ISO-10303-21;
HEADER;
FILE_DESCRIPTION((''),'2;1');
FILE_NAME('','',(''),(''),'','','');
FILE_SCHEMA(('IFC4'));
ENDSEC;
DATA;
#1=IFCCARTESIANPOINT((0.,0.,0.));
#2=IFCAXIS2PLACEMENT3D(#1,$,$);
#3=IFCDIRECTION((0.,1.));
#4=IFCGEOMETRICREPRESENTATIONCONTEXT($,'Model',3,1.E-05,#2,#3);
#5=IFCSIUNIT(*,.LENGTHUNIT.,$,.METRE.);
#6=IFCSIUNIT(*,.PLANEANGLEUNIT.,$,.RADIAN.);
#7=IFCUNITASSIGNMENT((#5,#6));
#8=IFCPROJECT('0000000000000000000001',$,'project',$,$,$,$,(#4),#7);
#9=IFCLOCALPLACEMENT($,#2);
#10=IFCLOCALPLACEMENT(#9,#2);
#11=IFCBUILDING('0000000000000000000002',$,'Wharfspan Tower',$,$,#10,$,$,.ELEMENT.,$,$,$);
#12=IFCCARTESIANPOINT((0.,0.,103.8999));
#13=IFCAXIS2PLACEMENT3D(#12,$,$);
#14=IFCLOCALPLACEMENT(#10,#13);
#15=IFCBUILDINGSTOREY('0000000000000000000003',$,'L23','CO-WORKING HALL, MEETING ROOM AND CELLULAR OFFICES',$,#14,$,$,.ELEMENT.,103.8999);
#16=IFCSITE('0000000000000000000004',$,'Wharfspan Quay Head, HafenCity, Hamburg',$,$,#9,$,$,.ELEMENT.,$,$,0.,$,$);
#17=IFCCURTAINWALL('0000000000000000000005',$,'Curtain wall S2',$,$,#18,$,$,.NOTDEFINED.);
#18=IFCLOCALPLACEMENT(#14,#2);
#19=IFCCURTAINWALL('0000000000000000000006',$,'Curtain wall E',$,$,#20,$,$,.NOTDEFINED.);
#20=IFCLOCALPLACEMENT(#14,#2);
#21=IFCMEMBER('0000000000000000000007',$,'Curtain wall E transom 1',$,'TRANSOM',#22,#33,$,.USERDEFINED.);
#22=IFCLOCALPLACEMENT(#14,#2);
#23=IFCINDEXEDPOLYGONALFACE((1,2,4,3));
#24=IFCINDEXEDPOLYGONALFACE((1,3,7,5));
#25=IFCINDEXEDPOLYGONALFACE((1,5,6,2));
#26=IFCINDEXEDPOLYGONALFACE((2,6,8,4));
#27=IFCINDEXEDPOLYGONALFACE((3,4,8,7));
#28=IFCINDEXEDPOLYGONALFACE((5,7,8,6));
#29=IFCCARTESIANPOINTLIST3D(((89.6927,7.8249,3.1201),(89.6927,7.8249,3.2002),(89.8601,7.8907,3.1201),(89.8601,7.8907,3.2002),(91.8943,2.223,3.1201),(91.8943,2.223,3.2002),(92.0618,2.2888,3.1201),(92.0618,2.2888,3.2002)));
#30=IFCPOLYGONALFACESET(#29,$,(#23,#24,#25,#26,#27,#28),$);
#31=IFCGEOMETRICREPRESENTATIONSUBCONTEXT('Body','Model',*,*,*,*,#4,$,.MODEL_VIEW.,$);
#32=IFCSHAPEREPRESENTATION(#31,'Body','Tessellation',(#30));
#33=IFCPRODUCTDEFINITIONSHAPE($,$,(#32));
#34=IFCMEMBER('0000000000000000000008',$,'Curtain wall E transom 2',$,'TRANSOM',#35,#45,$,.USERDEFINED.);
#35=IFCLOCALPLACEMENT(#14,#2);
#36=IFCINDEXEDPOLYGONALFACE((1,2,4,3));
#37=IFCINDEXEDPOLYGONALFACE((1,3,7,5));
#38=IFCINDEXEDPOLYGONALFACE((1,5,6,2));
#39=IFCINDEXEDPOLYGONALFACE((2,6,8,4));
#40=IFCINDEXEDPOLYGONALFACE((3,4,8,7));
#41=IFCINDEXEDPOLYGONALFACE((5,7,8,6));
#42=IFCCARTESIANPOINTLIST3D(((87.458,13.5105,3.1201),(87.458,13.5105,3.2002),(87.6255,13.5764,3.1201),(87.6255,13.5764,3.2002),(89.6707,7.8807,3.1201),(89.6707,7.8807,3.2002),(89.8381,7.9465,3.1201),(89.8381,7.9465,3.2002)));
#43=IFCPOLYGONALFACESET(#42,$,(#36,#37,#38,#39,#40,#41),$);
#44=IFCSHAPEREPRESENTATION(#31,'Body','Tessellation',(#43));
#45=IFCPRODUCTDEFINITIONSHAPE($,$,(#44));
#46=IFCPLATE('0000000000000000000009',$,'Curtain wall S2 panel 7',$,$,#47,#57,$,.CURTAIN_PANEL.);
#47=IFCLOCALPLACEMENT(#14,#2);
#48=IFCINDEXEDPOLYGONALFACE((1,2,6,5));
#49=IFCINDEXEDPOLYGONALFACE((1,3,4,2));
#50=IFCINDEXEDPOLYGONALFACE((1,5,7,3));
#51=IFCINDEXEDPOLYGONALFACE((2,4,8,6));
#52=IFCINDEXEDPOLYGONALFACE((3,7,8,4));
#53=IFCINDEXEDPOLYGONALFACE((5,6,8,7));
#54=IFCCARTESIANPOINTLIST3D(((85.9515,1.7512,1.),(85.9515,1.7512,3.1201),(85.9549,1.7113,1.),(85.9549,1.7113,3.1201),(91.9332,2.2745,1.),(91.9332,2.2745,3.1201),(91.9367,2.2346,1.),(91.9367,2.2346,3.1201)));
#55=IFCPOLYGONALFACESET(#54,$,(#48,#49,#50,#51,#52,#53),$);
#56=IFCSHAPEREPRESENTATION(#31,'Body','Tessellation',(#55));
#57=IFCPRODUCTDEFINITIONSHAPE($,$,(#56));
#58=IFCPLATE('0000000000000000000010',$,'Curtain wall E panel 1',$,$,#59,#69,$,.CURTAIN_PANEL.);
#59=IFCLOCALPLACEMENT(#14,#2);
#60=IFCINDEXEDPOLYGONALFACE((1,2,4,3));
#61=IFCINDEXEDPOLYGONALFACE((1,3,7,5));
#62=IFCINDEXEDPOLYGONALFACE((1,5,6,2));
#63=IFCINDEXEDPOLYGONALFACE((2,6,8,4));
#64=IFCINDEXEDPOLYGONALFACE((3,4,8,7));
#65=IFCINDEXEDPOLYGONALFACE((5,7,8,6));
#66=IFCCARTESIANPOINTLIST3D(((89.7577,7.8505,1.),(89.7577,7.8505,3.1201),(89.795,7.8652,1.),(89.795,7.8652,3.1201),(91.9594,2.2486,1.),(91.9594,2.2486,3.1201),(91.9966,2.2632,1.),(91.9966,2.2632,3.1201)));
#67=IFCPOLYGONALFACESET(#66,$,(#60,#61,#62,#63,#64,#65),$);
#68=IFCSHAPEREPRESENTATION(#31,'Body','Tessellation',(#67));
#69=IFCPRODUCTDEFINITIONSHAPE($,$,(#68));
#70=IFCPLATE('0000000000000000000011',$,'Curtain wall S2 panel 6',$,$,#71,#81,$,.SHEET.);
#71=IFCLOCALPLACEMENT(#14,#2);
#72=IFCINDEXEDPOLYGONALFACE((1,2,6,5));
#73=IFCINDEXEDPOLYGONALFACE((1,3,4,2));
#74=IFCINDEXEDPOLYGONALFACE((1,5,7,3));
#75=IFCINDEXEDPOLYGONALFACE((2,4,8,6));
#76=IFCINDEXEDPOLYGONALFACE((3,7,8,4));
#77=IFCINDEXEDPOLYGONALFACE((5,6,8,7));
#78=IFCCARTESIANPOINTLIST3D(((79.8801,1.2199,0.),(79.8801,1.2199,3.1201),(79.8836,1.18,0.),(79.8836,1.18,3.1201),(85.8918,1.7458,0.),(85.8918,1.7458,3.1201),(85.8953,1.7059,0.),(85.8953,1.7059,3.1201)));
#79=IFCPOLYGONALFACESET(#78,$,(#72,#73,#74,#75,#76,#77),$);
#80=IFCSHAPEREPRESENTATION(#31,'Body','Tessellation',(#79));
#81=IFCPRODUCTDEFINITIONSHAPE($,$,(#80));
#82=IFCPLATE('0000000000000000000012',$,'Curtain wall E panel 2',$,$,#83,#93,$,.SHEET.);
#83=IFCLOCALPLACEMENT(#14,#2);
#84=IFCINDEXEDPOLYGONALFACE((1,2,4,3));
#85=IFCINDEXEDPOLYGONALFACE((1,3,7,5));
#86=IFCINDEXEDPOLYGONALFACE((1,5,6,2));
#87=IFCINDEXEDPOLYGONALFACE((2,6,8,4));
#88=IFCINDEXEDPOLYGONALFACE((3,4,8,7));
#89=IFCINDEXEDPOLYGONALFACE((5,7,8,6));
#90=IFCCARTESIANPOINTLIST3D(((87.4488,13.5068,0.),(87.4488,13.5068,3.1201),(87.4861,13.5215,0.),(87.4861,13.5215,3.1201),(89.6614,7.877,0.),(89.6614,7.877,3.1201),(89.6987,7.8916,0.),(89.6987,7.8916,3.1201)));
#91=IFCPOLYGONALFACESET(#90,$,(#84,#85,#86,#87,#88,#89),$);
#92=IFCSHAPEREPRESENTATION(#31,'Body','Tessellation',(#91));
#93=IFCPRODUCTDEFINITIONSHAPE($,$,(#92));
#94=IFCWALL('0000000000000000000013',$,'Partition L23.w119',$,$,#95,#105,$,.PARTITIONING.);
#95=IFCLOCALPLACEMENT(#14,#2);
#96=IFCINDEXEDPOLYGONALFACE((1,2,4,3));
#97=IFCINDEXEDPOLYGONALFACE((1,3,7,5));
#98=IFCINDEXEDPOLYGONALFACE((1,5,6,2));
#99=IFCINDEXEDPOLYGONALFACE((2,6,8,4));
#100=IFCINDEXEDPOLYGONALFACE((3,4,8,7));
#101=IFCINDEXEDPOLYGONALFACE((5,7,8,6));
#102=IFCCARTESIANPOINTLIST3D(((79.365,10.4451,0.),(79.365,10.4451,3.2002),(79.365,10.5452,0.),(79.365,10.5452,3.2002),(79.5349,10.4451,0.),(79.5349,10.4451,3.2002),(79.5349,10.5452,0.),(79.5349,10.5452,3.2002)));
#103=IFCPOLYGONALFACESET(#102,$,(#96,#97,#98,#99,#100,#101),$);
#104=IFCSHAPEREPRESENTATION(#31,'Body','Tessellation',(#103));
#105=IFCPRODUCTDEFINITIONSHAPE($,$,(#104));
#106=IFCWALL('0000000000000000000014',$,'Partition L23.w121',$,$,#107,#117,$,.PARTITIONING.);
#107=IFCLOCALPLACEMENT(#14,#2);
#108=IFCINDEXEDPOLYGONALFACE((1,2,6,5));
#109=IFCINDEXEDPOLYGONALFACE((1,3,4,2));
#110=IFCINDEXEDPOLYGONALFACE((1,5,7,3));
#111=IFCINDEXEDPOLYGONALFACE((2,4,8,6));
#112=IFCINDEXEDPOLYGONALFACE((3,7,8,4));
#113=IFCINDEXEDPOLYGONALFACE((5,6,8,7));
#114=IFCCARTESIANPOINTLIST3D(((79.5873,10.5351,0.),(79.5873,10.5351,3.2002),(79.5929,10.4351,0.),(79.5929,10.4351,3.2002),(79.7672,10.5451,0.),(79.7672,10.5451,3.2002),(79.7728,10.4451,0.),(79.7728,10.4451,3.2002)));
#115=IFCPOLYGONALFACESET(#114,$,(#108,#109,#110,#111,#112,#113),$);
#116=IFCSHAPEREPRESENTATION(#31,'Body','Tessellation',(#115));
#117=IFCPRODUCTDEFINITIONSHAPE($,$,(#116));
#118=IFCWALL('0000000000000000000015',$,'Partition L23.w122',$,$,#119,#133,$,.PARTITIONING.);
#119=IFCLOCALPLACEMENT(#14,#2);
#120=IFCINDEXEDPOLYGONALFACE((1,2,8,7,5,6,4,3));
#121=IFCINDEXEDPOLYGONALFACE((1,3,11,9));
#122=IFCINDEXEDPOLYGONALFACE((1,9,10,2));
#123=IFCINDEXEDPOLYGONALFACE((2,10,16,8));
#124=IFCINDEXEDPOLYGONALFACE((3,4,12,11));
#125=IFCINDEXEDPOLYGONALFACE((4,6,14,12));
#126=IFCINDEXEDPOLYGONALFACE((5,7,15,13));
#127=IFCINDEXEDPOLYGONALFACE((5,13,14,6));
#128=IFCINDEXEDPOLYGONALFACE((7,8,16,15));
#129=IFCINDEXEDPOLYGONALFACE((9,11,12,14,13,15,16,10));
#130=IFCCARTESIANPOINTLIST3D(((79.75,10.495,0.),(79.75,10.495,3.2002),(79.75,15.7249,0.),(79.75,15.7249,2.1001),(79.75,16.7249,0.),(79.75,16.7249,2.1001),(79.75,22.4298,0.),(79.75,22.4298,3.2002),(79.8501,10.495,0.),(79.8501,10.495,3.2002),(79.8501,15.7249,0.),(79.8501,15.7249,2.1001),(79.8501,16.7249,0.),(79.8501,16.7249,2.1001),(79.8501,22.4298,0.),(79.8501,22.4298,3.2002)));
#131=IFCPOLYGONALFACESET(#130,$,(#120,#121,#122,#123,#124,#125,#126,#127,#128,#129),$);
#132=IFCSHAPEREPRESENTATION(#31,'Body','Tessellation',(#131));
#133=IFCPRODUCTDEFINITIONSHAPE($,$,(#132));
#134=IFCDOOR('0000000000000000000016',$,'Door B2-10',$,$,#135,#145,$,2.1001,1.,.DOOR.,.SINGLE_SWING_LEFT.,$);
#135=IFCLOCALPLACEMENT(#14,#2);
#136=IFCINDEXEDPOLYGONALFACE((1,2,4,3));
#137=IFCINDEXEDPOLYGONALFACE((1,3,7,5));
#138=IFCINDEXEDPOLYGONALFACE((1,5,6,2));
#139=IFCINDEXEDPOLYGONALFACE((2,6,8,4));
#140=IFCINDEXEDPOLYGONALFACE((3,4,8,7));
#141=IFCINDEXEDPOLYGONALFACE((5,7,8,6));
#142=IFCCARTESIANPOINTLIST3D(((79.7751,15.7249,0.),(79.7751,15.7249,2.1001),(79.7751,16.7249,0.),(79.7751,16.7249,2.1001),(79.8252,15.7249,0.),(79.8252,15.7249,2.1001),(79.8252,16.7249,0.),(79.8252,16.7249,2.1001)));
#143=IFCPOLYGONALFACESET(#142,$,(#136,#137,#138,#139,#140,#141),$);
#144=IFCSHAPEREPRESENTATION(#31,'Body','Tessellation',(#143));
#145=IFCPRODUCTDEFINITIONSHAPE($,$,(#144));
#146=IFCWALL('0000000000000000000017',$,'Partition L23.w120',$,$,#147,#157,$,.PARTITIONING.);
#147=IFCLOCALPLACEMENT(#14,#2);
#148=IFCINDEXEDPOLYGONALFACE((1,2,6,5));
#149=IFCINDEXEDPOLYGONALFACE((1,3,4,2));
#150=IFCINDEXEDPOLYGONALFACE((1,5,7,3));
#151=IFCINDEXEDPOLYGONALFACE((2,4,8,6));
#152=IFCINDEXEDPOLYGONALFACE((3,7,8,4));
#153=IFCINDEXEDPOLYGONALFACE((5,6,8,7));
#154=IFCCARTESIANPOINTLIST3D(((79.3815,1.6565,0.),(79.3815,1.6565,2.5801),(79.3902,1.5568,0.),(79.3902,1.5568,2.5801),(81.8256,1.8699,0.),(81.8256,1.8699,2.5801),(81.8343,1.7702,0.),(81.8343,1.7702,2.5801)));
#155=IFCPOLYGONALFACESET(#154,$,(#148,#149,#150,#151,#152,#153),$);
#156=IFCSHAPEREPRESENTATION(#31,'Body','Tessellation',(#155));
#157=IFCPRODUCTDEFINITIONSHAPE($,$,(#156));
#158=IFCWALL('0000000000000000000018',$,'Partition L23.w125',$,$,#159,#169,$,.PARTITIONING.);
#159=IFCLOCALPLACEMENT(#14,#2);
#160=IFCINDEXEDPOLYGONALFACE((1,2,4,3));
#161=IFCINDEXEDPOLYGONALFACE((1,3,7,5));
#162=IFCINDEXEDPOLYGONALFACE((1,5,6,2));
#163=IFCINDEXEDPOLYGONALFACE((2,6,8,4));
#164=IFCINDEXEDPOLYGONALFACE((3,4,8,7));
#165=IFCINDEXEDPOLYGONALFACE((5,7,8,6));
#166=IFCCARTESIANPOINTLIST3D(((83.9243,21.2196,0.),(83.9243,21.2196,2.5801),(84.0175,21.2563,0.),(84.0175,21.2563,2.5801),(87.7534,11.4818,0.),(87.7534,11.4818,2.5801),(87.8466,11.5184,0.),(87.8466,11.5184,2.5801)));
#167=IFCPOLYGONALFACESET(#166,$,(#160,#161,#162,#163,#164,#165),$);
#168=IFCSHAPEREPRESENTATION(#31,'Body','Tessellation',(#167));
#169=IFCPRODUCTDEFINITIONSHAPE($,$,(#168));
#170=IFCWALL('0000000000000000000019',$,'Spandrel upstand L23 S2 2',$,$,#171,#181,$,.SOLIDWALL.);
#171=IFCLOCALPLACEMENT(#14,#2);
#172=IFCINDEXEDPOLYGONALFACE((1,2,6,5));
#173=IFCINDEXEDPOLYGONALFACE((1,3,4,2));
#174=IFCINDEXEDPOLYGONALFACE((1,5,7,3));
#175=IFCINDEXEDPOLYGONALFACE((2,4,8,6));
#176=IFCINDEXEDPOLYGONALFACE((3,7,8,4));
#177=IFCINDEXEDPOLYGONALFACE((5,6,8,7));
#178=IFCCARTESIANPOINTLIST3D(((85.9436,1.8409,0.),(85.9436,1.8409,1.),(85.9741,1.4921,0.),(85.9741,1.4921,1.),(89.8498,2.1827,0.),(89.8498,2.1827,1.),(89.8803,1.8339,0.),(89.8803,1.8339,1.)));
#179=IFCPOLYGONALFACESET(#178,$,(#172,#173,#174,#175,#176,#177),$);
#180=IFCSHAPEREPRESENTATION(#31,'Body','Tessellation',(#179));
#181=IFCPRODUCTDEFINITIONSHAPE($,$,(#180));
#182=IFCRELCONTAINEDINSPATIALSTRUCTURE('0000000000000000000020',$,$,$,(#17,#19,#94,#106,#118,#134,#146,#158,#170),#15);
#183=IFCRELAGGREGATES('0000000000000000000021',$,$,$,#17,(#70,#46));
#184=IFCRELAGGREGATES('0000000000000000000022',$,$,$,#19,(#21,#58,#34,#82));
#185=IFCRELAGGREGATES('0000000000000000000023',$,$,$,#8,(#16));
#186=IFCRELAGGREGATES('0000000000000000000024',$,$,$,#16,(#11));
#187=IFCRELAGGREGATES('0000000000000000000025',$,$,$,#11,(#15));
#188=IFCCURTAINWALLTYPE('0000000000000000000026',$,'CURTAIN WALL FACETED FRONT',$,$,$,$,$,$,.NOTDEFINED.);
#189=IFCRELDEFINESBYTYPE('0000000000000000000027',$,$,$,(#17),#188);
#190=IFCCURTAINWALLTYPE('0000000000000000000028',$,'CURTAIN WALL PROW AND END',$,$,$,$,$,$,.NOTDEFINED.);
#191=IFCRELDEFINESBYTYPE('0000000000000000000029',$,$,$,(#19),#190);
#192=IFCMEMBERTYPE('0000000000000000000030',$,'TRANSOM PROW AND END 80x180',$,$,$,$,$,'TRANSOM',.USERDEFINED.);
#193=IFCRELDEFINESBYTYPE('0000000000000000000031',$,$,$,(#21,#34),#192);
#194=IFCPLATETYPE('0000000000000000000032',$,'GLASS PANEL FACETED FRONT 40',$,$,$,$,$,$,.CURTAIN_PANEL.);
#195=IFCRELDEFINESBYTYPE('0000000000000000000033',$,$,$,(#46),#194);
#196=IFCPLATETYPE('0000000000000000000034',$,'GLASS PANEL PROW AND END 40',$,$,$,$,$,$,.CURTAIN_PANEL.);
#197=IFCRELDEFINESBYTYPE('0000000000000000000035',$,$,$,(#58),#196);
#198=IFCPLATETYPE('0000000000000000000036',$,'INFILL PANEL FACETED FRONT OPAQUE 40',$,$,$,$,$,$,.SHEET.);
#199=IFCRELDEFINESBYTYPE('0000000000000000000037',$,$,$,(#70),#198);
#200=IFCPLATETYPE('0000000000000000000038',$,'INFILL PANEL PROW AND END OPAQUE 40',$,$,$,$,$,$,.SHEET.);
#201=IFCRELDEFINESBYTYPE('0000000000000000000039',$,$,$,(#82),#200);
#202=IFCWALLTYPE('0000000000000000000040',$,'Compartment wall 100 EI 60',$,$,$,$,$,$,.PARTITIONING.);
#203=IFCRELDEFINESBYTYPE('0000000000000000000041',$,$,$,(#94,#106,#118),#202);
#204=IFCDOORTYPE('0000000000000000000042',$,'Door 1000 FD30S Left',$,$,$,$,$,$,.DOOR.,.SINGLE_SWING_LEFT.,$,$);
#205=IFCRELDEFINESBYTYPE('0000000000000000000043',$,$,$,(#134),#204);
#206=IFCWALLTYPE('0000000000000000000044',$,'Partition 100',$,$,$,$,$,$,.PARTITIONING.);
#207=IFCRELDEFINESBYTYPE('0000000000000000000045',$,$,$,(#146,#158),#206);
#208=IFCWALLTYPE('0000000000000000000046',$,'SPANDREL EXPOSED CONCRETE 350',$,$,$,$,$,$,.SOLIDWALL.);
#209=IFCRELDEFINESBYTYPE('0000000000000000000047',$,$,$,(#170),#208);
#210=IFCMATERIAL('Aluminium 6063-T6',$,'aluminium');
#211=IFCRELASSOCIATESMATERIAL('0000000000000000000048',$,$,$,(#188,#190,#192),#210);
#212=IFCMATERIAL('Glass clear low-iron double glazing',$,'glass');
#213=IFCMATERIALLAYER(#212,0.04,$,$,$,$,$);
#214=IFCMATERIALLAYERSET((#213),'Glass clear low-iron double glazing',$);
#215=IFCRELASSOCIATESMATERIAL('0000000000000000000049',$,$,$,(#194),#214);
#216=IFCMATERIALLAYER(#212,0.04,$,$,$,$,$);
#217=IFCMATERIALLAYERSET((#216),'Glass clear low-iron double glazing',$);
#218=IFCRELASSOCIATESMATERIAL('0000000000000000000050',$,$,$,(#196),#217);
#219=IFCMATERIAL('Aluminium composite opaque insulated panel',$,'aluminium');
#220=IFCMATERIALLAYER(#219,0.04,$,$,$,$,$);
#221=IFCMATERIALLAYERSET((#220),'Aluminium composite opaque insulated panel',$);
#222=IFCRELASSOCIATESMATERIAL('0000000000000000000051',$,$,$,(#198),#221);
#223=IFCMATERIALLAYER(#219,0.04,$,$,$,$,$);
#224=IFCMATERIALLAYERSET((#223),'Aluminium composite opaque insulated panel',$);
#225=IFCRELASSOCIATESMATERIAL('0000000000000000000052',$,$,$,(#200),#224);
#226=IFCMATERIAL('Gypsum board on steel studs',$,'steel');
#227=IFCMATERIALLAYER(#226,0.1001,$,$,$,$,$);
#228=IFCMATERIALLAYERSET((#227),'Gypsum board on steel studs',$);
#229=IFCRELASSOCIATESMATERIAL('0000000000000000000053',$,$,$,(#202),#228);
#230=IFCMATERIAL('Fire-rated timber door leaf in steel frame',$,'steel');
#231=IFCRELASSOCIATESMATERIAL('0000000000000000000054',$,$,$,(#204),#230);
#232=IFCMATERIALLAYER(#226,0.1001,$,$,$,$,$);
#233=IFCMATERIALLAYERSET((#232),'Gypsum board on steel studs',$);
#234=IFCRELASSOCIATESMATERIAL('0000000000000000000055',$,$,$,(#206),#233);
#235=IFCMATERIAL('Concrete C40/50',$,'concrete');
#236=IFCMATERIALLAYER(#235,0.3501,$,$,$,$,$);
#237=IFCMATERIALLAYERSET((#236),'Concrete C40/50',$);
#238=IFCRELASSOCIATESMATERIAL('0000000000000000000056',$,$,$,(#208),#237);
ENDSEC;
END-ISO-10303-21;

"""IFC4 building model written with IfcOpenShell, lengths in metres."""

from ifc_helpers import new_model, si_unit, direction, frame, frame_2d, origin, origin_2d, place, context, subcontext, project, spatial, rectangle, extrude, material, layer, layer_set, material_profile, profile_set, type_object, element, fill, aggregate, save


model = new_model("IFC4")

# Units and contexts
model_context = context("Model", 3, precision=1e-05, world=origin(), true_north=direction((0.0, 1.0)))
body_context = subcontext(model_context, "Body", "Model", "MODEL_VIEW")
ifc_project = project(units=[si_unit("LENGTHUNIT", "METRE"), si_unit("PLANEANGLEUNIT", "RADIAN")], contexts=[model_context])

# Site, building, storey
site_placement = place(None, origin())
site = spatial("IfcSite", under=ifc_project, at=site_placement, Name="Wharfspan Quay Head, HafenCity, Hamburg", CompositionType="ELEMENT", RefElevation=0.0)
building_placement = place(site_placement, origin())
building = spatial("IfcBuilding", under=site, at=building_placement, Name="Wharfspan Tower", CompositionType="ELEMENT")
storey_placement = place(building_placement, frame((0.0, 0.0, 103.8999)))
storey = spatial("IfcBuildingStorey", under=building, at=storey_placement, Name="L23", Description="CO-WORKING HALL, MEETING ROOM AND CELLULAR OFFICES", CompositionType="ELEMENT", Elevation=103.8999)

# Curtain walls
ifc_material_1 = material(Name="Aluminium 6063-T6", Category="aluminium")
curtain_wall_type_1 = type_object("IfcCurtainWallType", Name="CURTAIN WALL FACETED FRONT", PredefinedType="NOTDEFINED", material=ifc_material_1)
curtain_wall_1_placement = place(storey_placement, origin())
curtain_wall_1 = element("IfcCurtainWall", 1, at=curtain_wall_1_placement, inside=storey, type_object=curtain_wall_type_1, Name="Curtain wall S2", PredefinedType="NOTDEFINED")
curtain_wall_type_2 = type_object("IfcCurtainWallType", Name="CURTAIN WALL PROW AND END", PredefinedType="NOTDEFINED", material=ifc_material_1)
curtain_wall_2_placement = place(storey_placement, origin())
curtain_wall_2 = element("IfcCurtainWall", 2, at=curtain_wall_2_placement, inside=storey, type_object=curtain_wall_type_2, Name="Curtain wall E", PredefinedType="NOTDEFINED")

# Members
ifc_material_profile_1 = material_profile(ifc_material_1, rectangle(XDim=0.1799, YDim=0.0801, at=origin_2d()))
ifc_profile_set_1 = profile_set([ifc_material_profile_1], Name="Aluminium 6063-T6")
member_type_1 = type_object("IfcMemberType", Name="TRANSOM PROW AND END 80x180", ElementType="TRANSOM", PredefinedType="USERDEFINED", material=ifc_profile_set_1)
member_1_placement = place(storey_placement, frame((91.978, 2.2559, 3.1602), z_axis=(-0.365775, 0.930703, 0.0), x_axis=(-0.930703, -0.365775, 0.0)))
member_1 = element("IfcMember", 3, at=member_1_placement, type_object=member_type_1, Name="Curtain wall E transom 1", ObjectType="TRANSOM", PredefinedType="USERDEFINED", context=body_context, shape_type="SweptSolid", body=[
    extrude(rectangle(XDim=0.1799, YDim=0.0801, at=origin_2d()), origin(), (0.0, 0.0, 1.0), 6.019),
])
member_2_placement = place(storey_placement, frame((89.7544, 7.9136, 3.1602), z_axis=(-0.365782, 0.9307, 0.0), x_axis=(-0.9307, -0.365782, 0.0)))
member_2 = element("IfcMember", 4, at=member_2_placement, type_object=member_type_1, Name="Curtain wall E transom 2", ObjectType="TRANSOM", PredefinedType="USERDEFINED", context=body_context, shape_type="SweptSolid", body=[
    extrude(rectangle(XDim=0.1799, YDim=0.0801, at=origin_2d()), origin(), (0.0, 0.0, 1.0), 6.0491),
])

# Plates
ifc_material_2 = material(Name="Glass clear low-iron double glazing", Category="glass")
ifc_layer_1 = layer(ifc_material_2, 0.04)
ifc_layer_set_1 = layer_set([ifc_layer_1], Name="Glass clear low-iron double glazing")
plate_type_1 = type_object("IfcPlateType", Name="GLASS PANEL FACETED FRONT 40", PredefinedType="CURTAIN_PANEL", material=ifc_layer_set_1)
plate_1_placement = place(storey_placement, frame((88.9441, 1.9929, 1.0), z_axis=(0.0, 0.0, 1.0), x_axis=(0.996198, 0.087156, 0.0)))
plate_1 = element("IfcPlate", 5, at=plate_1_placement, type_object=plate_type_1, Name="Curtain wall S2 panel 7", PredefinedType="CURTAIN_PANEL", context=body_context, shape_type="SweptSolid", body=[
    extrude(rectangle(XDim=6.0046, YDim=0.04, at=origin_2d()), origin(), (0.0, 0.0, 1.0), 2.1201),
])
ifc_layer_2 = layer(ifc_material_2, 0.04)
ifc_layer_set_2 = layer_set([ifc_layer_2], Name="Glass clear low-iron double glazing")
plate_type_2 = type_object("IfcPlateType", Name="GLASS PANEL PROW AND END 40", PredefinedType="CURTAIN_PANEL", material=ifc_layer_set_2)
plate_2_placement = place(storey_placement, frame((90.8772, 5.0569, 1.0), z_axis=(0.0, 0.0, 1.0), x_axis=(-0.365778, 0.930702, 0.0)))
plate_2 = element("IfcPlate", 6, at=plate_2_placement, type_object=plate_type_2, Name="Curtain wall E panel 1", PredefinedType="CURTAIN_PANEL", context=body_context, shape_type="SweptSolid", body=[
    extrude(rectangle(XDim=6.019, YDim=0.04, at=origin_2d()), origin(), (0.0, 0.0, 1.0), 2.1201),
])
ifc_material_3 = material(Name="Aluminium composite opaque insulated panel", Category="aluminium")
ifc_layer_3 = layer(ifc_material_3, 0.04)
ifc_layer_set_3 = layer_set([ifc_layer_3], Name="Aluminium composite opaque insulated panel")
plate_type_3 = type_object("IfcPlateType", Name="INFILL PANEL FACETED FRONT OPAQUE 40", PredefinedType="SHEET", material=ifc_layer_set_3)
plate_3_placement = place(storey_placement, frame((82.8877, 1.4629, 0.0), z_axis=(0.0, 0.0, 1.0), x_axis=(0.996198, 0.087156, 0.0)))
plate_3 = element("IfcPlate", 7, at=plate_3_placement, type_object=plate_type_3, Name="Curtain wall S2 panel 6", PredefinedType="SHEET", context=body_context, shape_type="SweptSolid", body=[
    extrude(rectangle(XDim=6.0347, YDim=0.04, at=origin_2d()), origin(), (0.0, 0.0, 1.0), 3.1201),
])
aggregate(curtain_wall_1, [plate_3, plate_1])
ifc_layer_4 = layer(ifc_material_3, 0.04)
ifc_layer_set_4 = layer_set([ifc_layer_4], Name="Aluminium composite opaque insulated panel")
plate_type_4 = type_object("IfcPlateType", Name="INFILL PANEL PROW AND END OPAQUE 40", PredefinedType="SHEET", material=ifc_layer_set_4)
plate_4_placement = place(storey_placement, frame((88.5737, 10.6992, 0.0), z_axis=(0.0, 0.0, 1.0), x_axis=(-0.365778, 0.930702, 0.0)))
plate_4 = element("IfcPlate", 8, at=plate_4_placement, type_object=plate_type_4, Name="Curtain wall E panel 2", PredefinedType="SHEET", context=body_context, shape_type="SweptSolid", body=[
    extrude(rectangle(XDim=6.0491, YDim=0.04, at=origin_2d()), origin(), (0.0, 0.0, 1.0), 3.1201),
])
aggregate(curtain_wall_2, [member_1, plate_2, member_2, plate_4])

# Walls
ifc_material_4 = material(Name="Gypsum board on steel studs", Category="steel")
ifc_layer_5 = layer(ifc_material_4, 0.1001)
ifc_layer_set_5 = layer_set([ifc_layer_5], Name="Gypsum board on steel studs")
wall_type_1 = type_object("IfcWallType", Name="Compartment wall 100 EI 60", PredefinedType="PARTITIONING", material=ifc_layer_set_5)
wall_1_placement = place(storey_placement, frame((79.365, 10.4951, 0.0), z_axis=(0.0, 0.0, 1.0), x_axis=(1.0, 0.0, 0.0)))
element("IfcWall", 9, at=wall_1_placement, inside=storey, type_object=wall_type_1, Name="Partition L23.w119", PredefinedType="PARTITIONING", context=body_context, shape_type="SweptSolid", body=[
    extrude(rectangle(XDim=0.1699, YDim=0.1001, at=frame_2d((0.085, 0.0))), origin(), (0.0, 0.0, 1.0), 3.2002),
])
wall_2_placement = place(storey_placement, frame((79.5901, 10.4851, 0.0), z_axis=(0.0, 0.0, 1.0), x_axis=(0.998455, 0.055545, 0.0)))
element("IfcWall", 10, at=wall_2_placement, inside=storey, type_object=wall_type_1, Name="Partition L23.w121", PredefinedType="PARTITIONING", context=body_context, shape_type="SweptSolid", body=[
    extrude(rectangle(XDim=0.1802, YDim=0.1001, at=frame_2d((0.0901, 0.0))), origin(), (0.0, 0.0, 1.0), 3.2002),
])

# Wall, opening, door
wall_3_placement = place(storey_placement, frame((79.8, 10.4951, 0.0), z_axis=(0.0, 0.0, 1.0), x_axis=(0.0, 1.0, 0.0)))
wall_3 = element("IfcWall", 11, at=wall_3_placement, inside=storey, type_object=wall_type_1, Name="Partition L23.w122", PredefinedType="PARTITIONING", context=body_context, shape_type="SweptSolid", body=[
    extrude(rectangle(XDim=11.9348, YDim=0.1001, at=frame_2d((5.9673, 0.0))), origin(), (0.0, 0.0, 1.0), 3.2002),
])
opening_placement = place(wall_3_placement, frame((5.2297, 0.0, 0.0)))
opening = element("IfcOpeningElement", 12, at=opening_placement, cuts=wall_3, PredefinedType="OPENING", context=body_context, shape_type="SweptSolid", body=[
    extrude(rectangle(XDim=1.0, YDim=2.1001, at=frame_2d((0.5, 1.05))), frame((0.0, 0.0601, 0.0), z_axis=(0.0, -1.0, 0.0), x_axis=(1.0, 0.0, 0.0)), (0.0, 0.0, 1.0), 0.1201),
])
ifc_material_5 = material(Name="Fire-rated timber door leaf in steel frame", Category="steel")
door_type = type_object("IfcDoorType", Name="Door 1000 FD30S Left", OperationType="SINGLE_SWING_LEFT", PredefinedType="DOOR", material=ifc_material_5)
door_placement = place(opening_placement, origin())
door = element("IfcDoor", 13, at=door_placement, inside=storey, type_object=door_type, Name="Door B2-10", OperationType="SINGLE_SWING_LEFT", OverallHeight=2.1001, OverallWidth=1.0, PredefinedType="DOOR", context=body_context, shape_type="SweptSolid", body=[
    extrude(rectangle(XDim=1.0, YDim=2.1001, at=frame_2d((0.5, 1.05))), frame((0.0, 0.0249, 0.0), z_axis=(0.0, -1.0, 0.0), x_axis=(1.0, 0.0, 0.0)), (0.0, 0.0, 1.0), 0.05),
])
fill(opening, door)

# Walls
ifc_layer_6 = layer(ifc_material_4, 0.1001)
ifc_layer_set_6 = layer_set([ifc_layer_6], Name="Gypsum board on steel studs")
wall_type_2 = type_object("IfcWallType", Name="Partition 100", PredefinedType="PARTITIONING", material=ifc_layer_set_6)
wall_4_placement = place(storey_placement, frame((79.386, 1.6067, 0.0), z_axis=(0.0, 0.0, 1.0), x_axis=(0.996209, 0.086973, 0.0)))
element("IfcWall", 14, at=wall_4_placement, inside=storey, type_object=wall_type_2, Name="Partition L23.w120", PredefinedType="PARTITIONING", context=body_context, shape_type="SweptSolid", body=[
    extrude(rectangle(XDim=2.4534, YDim=0.1001, at=frame_2d((1.2266, 0.0))), origin(), (0.0, 0.0, 1.0), 2.5801),
])
wall_5_placement = place(storey_placement, frame((87.8, 11.5, 0.0), z_axis=(0.0, 0.0, 1.0), x_axis=(-0.365945, 0.930635, 0.0)))
element("IfcWall", 15, at=wall_5_placement, inside=storey, type_object=wall_type_2, Name="Partition L23.w125", PredefinedType="PARTITIONING", context=body_context, shape_type="SweptSolid", body=[
    extrude(rectangle(XDim=10.4636, YDim=0.1001, at=frame_2d((5.2319, 0.0))), origin(), (0.0, 0.0, 1.0), 2.5801),
])
ifc_material_6 = material(Name="Concrete C40/50", Category="concrete")
ifc_layer_7 = layer(ifc_material_6, 0.3501)
ifc_layer_set_7 = layer_set([ifc_layer_7], Name="Concrete C40/50")
wall_type_3 = type_object("IfcWallType", Name="SPANDREL EXPOSED CONCRETE 350", PredefinedType="SOLIDWALL", material=ifc_layer_set_7)
wall_6_placement = place(storey_placement, frame((85.959, 1.6665, 0.0), z_axis=(0.0, 0.0, 1.0), x_axis=(0.996194, 0.087167, 0.0)))
element("IfcWall", 16, at=wall_6_placement, inside=storey, type_object=wall_type_3, Name="Spandrel upstand L23 S2 2", PredefinedType="SOLIDWALL", context=body_context, shape_type="SweptSolid", body=[
    extrude(rectangle(XDim=3.9211, YDim=0.3501, at=frame_2d((1.9604, 0.0))), origin(), (0.0, 0.0, 1.0), 1.0),
])

save(model, "model.ifc")
